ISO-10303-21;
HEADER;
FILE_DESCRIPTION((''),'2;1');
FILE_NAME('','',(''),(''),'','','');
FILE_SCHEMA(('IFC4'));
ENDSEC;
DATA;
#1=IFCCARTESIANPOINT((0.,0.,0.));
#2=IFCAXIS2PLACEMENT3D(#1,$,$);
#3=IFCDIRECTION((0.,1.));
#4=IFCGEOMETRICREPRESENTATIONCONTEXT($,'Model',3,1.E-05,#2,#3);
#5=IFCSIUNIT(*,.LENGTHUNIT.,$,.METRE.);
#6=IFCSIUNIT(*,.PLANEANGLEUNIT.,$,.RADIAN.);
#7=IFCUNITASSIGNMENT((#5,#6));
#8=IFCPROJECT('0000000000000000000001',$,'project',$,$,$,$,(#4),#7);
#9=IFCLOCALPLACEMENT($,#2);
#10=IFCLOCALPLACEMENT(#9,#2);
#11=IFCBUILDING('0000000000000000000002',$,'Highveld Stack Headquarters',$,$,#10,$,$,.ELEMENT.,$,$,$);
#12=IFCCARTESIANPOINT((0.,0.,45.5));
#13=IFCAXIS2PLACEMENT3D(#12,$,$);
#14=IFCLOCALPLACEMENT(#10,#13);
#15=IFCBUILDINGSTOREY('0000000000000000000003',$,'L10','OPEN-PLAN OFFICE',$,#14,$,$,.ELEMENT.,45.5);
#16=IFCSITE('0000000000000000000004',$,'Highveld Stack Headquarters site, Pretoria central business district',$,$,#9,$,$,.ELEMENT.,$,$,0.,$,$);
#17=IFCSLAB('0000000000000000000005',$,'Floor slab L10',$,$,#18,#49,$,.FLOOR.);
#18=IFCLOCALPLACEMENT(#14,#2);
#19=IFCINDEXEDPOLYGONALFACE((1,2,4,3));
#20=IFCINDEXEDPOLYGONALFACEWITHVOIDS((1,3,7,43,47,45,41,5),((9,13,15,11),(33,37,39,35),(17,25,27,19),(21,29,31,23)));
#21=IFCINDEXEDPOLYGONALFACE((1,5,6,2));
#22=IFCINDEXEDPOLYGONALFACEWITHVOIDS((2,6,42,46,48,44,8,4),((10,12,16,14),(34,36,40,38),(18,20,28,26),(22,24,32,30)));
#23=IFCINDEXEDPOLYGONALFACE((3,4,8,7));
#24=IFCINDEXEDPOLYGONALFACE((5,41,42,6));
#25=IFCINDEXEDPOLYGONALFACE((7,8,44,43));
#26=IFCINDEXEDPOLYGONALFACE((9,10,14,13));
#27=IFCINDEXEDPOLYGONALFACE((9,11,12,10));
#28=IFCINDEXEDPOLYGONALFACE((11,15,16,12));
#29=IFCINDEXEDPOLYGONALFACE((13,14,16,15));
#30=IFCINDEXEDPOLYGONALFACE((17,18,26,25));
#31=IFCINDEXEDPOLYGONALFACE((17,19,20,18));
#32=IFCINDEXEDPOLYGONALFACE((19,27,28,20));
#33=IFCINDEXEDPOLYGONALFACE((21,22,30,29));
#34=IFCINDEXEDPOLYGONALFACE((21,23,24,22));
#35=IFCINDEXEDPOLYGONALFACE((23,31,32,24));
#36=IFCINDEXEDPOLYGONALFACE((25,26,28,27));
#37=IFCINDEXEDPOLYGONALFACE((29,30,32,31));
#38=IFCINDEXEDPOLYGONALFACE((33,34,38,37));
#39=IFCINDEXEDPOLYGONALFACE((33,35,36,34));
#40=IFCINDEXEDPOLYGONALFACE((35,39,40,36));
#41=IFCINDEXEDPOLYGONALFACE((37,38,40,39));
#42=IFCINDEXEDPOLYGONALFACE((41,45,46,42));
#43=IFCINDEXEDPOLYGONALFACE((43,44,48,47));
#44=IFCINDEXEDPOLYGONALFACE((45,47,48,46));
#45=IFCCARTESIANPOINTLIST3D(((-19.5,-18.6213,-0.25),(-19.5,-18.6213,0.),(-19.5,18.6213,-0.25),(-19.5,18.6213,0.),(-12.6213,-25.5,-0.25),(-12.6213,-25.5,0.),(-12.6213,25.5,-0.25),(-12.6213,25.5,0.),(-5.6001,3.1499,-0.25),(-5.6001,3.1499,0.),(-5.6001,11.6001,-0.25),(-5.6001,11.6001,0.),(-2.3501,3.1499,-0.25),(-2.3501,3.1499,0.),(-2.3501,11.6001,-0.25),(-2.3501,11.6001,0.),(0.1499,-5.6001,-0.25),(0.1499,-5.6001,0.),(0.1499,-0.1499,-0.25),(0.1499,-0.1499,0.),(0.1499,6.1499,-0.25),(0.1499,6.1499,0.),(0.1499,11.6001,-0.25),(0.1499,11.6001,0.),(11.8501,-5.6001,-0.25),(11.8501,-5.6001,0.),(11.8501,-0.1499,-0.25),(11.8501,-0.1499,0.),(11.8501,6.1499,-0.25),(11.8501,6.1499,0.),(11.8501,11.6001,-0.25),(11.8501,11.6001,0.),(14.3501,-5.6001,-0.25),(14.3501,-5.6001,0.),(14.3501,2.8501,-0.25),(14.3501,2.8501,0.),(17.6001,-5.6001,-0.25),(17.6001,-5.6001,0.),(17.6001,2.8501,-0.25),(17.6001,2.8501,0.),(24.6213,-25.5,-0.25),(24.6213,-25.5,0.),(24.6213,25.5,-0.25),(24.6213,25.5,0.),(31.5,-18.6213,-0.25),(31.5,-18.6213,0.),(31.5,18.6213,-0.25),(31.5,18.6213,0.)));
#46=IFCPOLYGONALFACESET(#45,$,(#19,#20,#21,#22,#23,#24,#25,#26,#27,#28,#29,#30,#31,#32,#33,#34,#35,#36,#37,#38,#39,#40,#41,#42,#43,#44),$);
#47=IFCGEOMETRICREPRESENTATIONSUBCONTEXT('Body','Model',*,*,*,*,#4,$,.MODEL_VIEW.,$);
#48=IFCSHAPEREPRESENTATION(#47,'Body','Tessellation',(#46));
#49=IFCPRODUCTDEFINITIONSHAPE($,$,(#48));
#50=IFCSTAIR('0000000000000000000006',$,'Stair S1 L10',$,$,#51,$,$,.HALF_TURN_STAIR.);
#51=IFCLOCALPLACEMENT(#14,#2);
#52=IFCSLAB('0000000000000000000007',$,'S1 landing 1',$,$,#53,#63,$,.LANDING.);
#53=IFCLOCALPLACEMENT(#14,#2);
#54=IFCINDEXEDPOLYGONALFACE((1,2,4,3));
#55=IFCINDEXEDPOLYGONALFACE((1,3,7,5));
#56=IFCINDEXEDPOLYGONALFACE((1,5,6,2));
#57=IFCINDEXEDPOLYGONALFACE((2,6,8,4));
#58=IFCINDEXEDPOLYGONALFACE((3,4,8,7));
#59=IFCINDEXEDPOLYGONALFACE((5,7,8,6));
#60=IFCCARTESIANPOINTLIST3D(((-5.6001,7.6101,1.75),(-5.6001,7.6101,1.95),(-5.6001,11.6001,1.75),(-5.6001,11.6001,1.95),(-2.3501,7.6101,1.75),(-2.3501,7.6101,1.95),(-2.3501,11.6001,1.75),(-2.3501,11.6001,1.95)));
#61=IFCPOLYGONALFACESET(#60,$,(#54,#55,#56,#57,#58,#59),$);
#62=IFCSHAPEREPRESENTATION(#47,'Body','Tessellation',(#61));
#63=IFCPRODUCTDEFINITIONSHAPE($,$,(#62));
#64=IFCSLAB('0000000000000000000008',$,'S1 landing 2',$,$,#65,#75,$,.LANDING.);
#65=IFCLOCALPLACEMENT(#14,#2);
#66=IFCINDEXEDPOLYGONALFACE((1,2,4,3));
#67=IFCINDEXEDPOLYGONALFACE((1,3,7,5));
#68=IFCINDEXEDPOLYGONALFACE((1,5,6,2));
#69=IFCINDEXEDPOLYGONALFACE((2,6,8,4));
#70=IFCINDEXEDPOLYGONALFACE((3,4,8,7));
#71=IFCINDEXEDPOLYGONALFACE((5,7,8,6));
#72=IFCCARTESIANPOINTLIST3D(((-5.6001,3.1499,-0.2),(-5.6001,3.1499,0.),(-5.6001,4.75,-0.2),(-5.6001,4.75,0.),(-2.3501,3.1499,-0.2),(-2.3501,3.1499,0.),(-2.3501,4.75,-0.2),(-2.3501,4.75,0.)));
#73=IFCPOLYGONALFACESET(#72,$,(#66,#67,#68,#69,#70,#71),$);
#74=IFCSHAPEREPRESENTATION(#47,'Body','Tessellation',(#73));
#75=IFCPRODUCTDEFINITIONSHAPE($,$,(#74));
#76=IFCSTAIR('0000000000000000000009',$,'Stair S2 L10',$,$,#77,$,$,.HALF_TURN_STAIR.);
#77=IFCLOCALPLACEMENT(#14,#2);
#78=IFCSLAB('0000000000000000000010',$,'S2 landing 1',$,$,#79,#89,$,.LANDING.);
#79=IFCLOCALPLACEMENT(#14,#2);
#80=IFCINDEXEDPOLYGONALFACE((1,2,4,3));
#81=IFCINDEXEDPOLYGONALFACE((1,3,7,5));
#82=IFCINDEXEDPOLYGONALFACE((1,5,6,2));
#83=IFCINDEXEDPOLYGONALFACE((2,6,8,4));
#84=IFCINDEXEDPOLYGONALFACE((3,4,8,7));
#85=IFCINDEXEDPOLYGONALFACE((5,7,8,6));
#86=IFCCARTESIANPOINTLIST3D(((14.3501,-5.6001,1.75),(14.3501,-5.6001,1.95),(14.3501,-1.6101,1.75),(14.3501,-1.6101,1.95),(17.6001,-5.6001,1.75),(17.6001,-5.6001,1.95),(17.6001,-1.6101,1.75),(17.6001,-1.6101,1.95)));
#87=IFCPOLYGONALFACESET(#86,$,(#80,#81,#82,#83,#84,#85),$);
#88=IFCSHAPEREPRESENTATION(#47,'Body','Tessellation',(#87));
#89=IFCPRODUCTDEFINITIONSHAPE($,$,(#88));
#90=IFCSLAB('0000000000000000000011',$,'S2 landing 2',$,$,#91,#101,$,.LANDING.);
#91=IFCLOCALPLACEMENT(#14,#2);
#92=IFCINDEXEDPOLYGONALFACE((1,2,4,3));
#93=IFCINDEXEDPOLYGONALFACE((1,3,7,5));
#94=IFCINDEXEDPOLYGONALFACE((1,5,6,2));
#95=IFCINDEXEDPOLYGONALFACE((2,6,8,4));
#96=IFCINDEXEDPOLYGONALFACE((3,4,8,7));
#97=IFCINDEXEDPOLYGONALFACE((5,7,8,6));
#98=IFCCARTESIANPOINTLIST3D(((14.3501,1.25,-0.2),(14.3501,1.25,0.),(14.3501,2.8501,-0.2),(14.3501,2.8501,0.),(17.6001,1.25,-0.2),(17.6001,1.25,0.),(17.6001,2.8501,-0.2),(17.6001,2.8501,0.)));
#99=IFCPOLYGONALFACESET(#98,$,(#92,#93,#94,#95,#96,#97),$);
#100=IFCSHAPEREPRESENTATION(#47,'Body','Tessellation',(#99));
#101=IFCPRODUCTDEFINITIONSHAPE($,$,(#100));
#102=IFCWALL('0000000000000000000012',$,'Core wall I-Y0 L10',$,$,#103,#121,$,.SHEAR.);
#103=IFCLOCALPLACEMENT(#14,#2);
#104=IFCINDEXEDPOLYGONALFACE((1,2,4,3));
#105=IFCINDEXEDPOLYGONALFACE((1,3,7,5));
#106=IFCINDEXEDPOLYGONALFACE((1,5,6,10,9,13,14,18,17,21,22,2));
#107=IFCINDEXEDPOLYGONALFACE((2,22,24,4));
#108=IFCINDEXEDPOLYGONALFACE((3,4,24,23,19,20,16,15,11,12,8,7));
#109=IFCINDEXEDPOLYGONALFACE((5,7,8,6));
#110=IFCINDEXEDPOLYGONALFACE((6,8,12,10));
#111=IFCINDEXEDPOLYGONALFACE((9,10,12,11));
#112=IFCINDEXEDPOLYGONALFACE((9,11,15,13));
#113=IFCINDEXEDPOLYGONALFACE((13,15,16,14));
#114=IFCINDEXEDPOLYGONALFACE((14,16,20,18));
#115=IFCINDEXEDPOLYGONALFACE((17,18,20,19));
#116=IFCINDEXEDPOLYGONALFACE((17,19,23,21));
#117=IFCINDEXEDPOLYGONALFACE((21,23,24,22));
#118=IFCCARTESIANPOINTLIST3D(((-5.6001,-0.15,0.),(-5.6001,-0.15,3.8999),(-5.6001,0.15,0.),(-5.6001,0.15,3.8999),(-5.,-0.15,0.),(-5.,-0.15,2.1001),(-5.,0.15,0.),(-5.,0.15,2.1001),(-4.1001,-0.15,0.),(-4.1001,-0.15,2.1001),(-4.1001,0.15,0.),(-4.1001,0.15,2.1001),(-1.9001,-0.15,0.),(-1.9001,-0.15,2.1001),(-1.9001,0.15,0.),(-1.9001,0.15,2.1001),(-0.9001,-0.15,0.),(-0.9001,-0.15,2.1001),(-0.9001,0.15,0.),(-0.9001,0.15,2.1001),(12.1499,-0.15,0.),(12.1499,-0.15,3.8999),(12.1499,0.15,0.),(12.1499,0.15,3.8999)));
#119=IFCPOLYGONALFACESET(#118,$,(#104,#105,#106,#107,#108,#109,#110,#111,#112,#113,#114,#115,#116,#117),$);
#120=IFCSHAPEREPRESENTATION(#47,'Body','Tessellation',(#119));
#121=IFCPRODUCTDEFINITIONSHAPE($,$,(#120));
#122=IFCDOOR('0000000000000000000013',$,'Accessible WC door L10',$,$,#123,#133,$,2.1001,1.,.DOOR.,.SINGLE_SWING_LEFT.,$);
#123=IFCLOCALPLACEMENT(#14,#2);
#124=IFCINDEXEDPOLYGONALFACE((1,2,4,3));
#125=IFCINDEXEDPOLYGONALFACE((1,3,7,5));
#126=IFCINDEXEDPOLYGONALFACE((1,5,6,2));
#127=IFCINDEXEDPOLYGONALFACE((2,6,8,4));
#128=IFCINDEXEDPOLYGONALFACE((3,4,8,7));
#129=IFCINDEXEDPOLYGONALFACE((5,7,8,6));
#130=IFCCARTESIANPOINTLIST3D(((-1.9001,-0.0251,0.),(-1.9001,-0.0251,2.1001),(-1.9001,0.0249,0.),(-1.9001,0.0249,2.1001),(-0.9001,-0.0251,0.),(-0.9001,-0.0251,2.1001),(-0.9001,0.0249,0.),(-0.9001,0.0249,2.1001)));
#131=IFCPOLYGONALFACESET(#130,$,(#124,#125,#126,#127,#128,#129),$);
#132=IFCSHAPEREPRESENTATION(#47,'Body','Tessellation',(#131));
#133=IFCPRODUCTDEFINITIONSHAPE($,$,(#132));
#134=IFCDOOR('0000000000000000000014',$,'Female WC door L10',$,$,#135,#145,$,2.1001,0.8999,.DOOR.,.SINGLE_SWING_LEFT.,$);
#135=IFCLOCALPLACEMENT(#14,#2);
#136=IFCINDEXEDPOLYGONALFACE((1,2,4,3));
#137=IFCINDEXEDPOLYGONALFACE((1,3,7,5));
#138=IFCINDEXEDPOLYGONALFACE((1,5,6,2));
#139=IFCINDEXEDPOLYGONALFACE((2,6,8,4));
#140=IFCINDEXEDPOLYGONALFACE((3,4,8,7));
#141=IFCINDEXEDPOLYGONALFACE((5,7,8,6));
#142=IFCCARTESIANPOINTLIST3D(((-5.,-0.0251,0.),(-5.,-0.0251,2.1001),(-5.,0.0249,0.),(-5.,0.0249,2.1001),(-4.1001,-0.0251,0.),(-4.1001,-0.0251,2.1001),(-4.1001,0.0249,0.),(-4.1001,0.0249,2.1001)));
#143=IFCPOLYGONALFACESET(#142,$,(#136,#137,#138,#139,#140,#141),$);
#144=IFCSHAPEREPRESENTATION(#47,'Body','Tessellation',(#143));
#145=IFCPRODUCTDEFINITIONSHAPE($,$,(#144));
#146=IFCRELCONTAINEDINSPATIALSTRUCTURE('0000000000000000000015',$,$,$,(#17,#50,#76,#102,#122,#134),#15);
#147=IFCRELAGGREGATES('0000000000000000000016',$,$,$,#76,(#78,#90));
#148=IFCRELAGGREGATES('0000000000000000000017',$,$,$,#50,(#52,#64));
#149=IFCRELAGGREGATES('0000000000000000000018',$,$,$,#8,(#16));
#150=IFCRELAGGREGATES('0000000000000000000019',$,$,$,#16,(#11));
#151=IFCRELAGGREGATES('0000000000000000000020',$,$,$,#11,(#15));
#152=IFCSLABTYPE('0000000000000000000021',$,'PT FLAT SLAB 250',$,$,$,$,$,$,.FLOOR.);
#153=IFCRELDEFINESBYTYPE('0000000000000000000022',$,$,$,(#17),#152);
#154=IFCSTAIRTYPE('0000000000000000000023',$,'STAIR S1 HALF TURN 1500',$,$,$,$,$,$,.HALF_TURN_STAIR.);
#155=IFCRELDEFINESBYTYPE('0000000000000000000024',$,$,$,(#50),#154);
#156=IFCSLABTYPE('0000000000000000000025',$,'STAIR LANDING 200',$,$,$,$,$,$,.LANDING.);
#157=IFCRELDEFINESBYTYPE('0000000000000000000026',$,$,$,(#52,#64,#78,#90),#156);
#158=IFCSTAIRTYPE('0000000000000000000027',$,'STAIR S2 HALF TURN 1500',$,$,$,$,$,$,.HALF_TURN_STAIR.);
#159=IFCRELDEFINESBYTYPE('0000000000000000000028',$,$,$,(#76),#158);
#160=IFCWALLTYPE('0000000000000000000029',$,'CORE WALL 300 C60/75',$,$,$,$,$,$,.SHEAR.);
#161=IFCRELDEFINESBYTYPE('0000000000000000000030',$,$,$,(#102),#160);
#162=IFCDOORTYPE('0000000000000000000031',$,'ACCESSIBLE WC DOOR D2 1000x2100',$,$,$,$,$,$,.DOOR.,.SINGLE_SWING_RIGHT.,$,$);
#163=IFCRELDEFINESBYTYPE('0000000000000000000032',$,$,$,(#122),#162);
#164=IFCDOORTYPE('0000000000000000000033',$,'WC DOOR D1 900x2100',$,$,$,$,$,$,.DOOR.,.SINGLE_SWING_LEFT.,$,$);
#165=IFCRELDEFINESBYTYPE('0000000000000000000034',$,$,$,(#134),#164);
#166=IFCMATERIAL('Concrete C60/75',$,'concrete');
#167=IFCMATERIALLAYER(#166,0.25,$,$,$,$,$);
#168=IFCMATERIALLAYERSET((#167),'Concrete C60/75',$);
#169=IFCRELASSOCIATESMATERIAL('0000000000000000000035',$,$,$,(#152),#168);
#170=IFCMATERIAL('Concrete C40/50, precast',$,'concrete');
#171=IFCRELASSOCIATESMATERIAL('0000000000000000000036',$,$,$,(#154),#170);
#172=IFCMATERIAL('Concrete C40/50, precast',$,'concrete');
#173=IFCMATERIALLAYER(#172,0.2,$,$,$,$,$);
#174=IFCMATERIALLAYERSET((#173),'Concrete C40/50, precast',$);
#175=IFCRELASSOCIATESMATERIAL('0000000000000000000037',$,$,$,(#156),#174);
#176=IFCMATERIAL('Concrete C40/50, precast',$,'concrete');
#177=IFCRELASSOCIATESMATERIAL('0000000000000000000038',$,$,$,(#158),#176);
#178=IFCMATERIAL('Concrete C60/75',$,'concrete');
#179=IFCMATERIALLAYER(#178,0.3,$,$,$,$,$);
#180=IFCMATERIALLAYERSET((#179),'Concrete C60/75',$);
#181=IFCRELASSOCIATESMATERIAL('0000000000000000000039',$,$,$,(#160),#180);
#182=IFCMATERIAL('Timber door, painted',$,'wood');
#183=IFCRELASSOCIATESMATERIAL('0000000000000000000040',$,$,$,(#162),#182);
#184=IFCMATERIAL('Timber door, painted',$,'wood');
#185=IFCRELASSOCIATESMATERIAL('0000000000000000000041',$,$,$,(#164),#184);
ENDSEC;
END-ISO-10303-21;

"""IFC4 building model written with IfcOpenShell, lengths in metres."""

from ifc_helpers import new_model, si_unit, direction, frame, frame_2d, origin, place, context, subcontext, project, spatial, polyline, rectangle, outline, extrude, material, layer, layer_set, type_object, element, fill, aggregate, save


model = new_model("IFC4")

# Units and contexts
model_context = context("Model", 3, precision=1e-05, world=origin(), true_north=direction((0.0, 1.0)))
body_context = subcontext(model_context, "Body", "Model", "MODEL_VIEW")
ifc_project = project(units=[si_unit("LENGTHUNIT", "METRE"), si_unit("PLANEANGLEUNIT", "RADIAN")], contexts=[model_context])

# Site, building, storey
site_placement = place(None, origin())
site = spatial("IfcSite", under=ifc_project, at=site_placement, Name="Highveld Stack Headquarters site, Pretoria central business district", CompositionType="ELEMENT", RefElevation=0.0)
building_placement = place(site_placement, origin())
building = spatial("IfcBuilding", under=site, at=building_placement, Name="Highveld Stack Headquarters", CompositionType="ELEMENT")
storey_placement = place(building_placement, frame((0.0, 0.0, 45.5)))
storey = spatial("IfcBuildingStorey", under=building, at=storey_placement, Name="L10", Description="OPEN-PLAN OFFICE", CompositionType="ELEMENT", Elevation=45.5)

# Slab
ifc_material_1 = material(Name="Concrete C60/75", Category="concrete")
ifc_layer_1 = layer(ifc_material_1, 0.25)
ifc_layer_set_1 = layer_set([ifc_layer_1], Name="Concrete C60/75")
slab_type_1 = type_object("IfcSlabType", Name="PT FLAT SLAB 250", PredefinedType="FLOOR", material=ifc_layer_set_1)
slab_1_placement = place(storey_placement, frame((0.0, 0.0, -0.25)))
element("IfcSlab", 1, at=slab_1_placement, inside=storey, type_object=slab_type_1, Name="Floor slab L10", PredefinedType="FLOOR", context=body_context, shape_type="SweptSolid", body=[
    extrude(outline(polyline([(-12.6213, -25.5), (24.6213, -25.5), (31.5, -18.6213), (31.5, 18.6213), (24.6213, 25.5), (-12.6213, 25.5), (-19.5, 18.6213), (-19.5, -18.6213), (-12.6213, -25.5)]), holes=[polyline([(0.1499, 6.1499), (11.8501, 6.1499), (11.8501, 11.6001), (0.1499, 11.6001), (0.1499, 6.1499)]), polyline([(0.1499, -5.6001), (11.8501, -5.6001), (11.8501, -0.1499), (0.1499, -0.1499), (0.1499, -5.6001)]), polyline([(-5.6001, 3.1499), (-2.3501, 3.1499), (-2.3501, 11.6001), (-5.6001, 11.6001), (-5.6001, 3.1499)]), polyline([(14.3501, -5.6001), (17.6001, -5.6001), (17.6001, 2.8501), (14.3501, 2.8501), (14.3501, -5.6001)])]), origin(), (0.0, 0.0, 1.0), 0.25),
])

# Stairs, slabs
ifc_material_2 = material(Name="Concrete C40/50, precast", Category="concrete")
stair_type_1 = type_object("IfcStairType", Name="STAIR S1 HALF TURN 1500", PredefinedType="HALF_TURN_STAIR", material=ifc_material_2)
stair_1_placement = place(storey_placement, origin())
stair_1 = element("IfcStair", 2, at=stair_1_placement, inside=storey, type_object=stair_type_1, Name="Stair S1 L10", PredefinedType="HALF_TURN_STAIR")
ifc_material_3 = material(Name="Concrete C40/50, precast", Category="concrete")
ifc_layer_2 = layer(ifc_material_3, 0.2)
ifc_layer_set_2 = layer_set([ifc_layer_2], Name="Concrete C40/50, precast")
slab_type_2 = type_object("IfcSlabType", Name="STAIR LANDING 200", PredefinedType="LANDING", material=ifc_layer_set_2)
slab_2_placement = place(storey_placement, frame((0.0, 0.0, 1.75)))
slab_2 = element("IfcSlab", 3, at=slab_2_placement, type_object=slab_type_2, Name="S1 landing 1", PredefinedType="LANDING", context=body_context, shape_type="SweptSolid", body=[
    extrude(outline(polyline([(-5.6001, 7.6101), (-2.3501, 7.6101), (-2.3501, 11.6001), (-5.6001, 11.6001), (-5.6001, 7.6101)])), origin(), (0.0, 0.0, 1.0), 0.2),
])
slab_3_placement = place(storey_placement, frame((0.0, 0.0, -0.2)))
slab_3 = element("IfcSlab", 4, at=slab_3_placement, type_object=slab_type_2, Name="S1 landing 2", PredefinedType="LANDING", context=body_context, shape_type="SweptSolid", body=[
    extrude(outline(polyline([(-5.6001, 3.1499), (-2.3501, 3.1499), (-2.3501, 4.75), (-5.6001, 4.75), (-5.6001, 3.1499)])), origin(), (0.0, 0.0, 1.0), 0.2),
])
ifc_material_4 = material(Name="Concrete C40/50, precast", Category="concrete")
stair_type_2 = type_object("IfcStairType", Name="STAIR S2 HALF TURN 1500", PredefinedType="HALF_TURN_STAIR", material=ifc_material_4)
stair_2_placement = place(storey_placement, origin())
stair_2 = element("IfcStair", 5, at=stair_2_placement, inside=storey, type_object=stair_type_2, Name="Stair S2 L10", PredefinedType="HALF_TURN_STAIR")
slab_4_placement = place(storey_placement, frame((0.0, 0.0, 1.75)))
slab_4 = element("IfcSlab", 6, at=slab_4_placement, type_object=slab_type_2, Name="S2 landing 1", PredefinedType="LANDING", context=body_context, shape_type="SweptSolid", body=[
    extrude(outline(polyline([(14.3501, -5.6001), (17.6001, -5.6001), (17.6001, -1.6101), (14.3501, -1.6101), (14.3501, -5.6001)])), origin(), (0.0, 0.0, 1.0), 0.2),
])
slab_5_placement = place(storey_placement, frame((0.0, 0.0, -0.2)))
slab_5 = element("IfcSlab", 7, at=slab_5_placement, type_object=slab_type_2, Name="S2 landing 2", PredefinedType="LANDING", context=body_context, shape_type="SweptSolid", body=[
    extrude(outline(polyline([(14.3501, 1.25), (17.6001, 1.25), (17.6001, 2.8501), (14.3501, 2.8501), (14.3501, 1.25)])), origin(), (0.0, 0.0, 1.0), 0.2),
])
aggregate(stair_2, [slab_4, slab_5])

# Wall, openings, doors
ifc_material_5 = material(Name="Concrete C60/75", Category="concrete")
ifc_layer_3 = layer(ifc_material_5, 0.3)
ifc_layer_set_3 = layer_set([ifc_layer_3], Name="Concrete C60/75")
wall_type_1 = type_object("IfcWallType", Name="CORE WALL 300 C60/75", PredefinedType="SHEAR", material=ifc_layer_set_3)
wall_1_placement = place(storey_placement, frame((-5.6001, 0.0, 0.0), z_axis=(0.0, 0.0, 1.0), x_axis=(1.0, 0.0, 0.0)))
wall_1 = element("IfcWall", 8, at=wall_1_placement, inside=storey, type_object=wall_type_1, Name="Core wall I-Y0 L10", PredefinedType="SHEAR", context=body_context, shape_type="SweptSolid", body=[
    extrude(rectangle(XDim=17.75, YDim=0.3, at=frame_2d((8.875, 0.0))), origin(), (0.0, 0.0, 1.0), 3.8999),
])
opening_1_placement = place(wall_1_placement, frame((0.6001, 0.0, 0.0)))
opening_1 = element("IfcOpeningElement", 9, at=opening_1_placement, cuts=wall_1, PredefinedType="OPENING", context=body_context, shape_type="SweptSolid", body=[
    extrude(rectangle(XDim=0.8999, YDim=2.1001, at=frame_2d((0.45, 1.05))), frame((0.0, 0.1599, 0.0), z_axis=(0.0, -1.0, 0.0), x_axis=(1.0, 0.0, 0.0)), (0.0, 0.0, 1.0), 0.3201),
])
opening_2_placement = place(wall_1_placement, frame((3.7, 0.0, 0.0)))
opening_2 = element("IfcOpeningElement", 10, at=opening_2_placement, cuts=wall_1, PredefinedType="OPENING", context=body_context, shape_type="SweptSolid", body=[
    extrude(rectangle(XDim=1.0, YDim=2.1001, at=frame_2d((0.5, 1.05))), frame((0.0, 0.1599, 0.0), z_axis=(0.0, -1.0, 0.0), x_axis=(1.0, 0.0, 0.0)), (0.0, 0.0, 1.0), 0.3201),
])
ifc_material_6 = material(Name="Timber door, painted", Category="wood")
door_type_1 = type_object("IfcDoorType", Name="ACCESSIBLE WC DOOR D2 1000x2100", OperationType="SINGLE_SWING_RIGHT", PredefinedType="DOOR", material=ifc_material_6)
door_1_placement = place(opening_2_placement, origin())
door_1 = element("IfcDoor", 11, at=door_1_placement, inside=storey, type_object=door_type_1, Name="Accessible WC door L10", OperationType="SINGLE_SWING_LEFT", OverallHeight=2.1001, OverallWidth=1.0, PredefinedType="DOOR", context=body_context, shape_type="SweptSolid", body=[
    extrude(rectangle(XDim=1.0, YDim=2.1001, at=frame_2d((0.5, 1.05))), frame((0.0, 0.0249, 0.0), z_axis=(0.0, -1.0, 0.0), x_axis=(1.0, 0.0, 0.0)), (0.0, 0.0, 1.0), 0.05),
])
fill(opening_2, door_1)
ifc_material_7 = material(Name="Timber door, painted", Category="wood")
door_type_2 = type_object("IfcDoorType", Name="WC DOOR D1 900x2100", OperationType="SINGLE_SWING_LEFT", PredefinedType="DOOR", material=ifc_material_7)
door_2_placement = place(opening_1_placement, origin())
door_2 = element("IfcDoor", 12, at=door_2_placement, inside=storey, type_object=door_type_2, Name="Female WC door L10", OperationType="SINGLE_SWING_LEFT", OverallHeight=2.1001, OverallWidth=0.8999, PredefinedType="DOOR", context=body_context, shape_type="SweptSolid", body=[
    extrude(rectangle(XDim=0.8999, YDim=2.1001, at=frame_2d((0.45, 1.05))), frame((0.0, 0.0249, 0.0), z_axis=(0.0, -1.0, 0.0), x_axis=(1.0, 0.0, 0.0)), (0.0, 0.0, 1.0), 0.05),
])
fill(opening_1, door_2)

aggregate(stair_1, [slab_2, slab_3])

save(model, "model.ifc")
